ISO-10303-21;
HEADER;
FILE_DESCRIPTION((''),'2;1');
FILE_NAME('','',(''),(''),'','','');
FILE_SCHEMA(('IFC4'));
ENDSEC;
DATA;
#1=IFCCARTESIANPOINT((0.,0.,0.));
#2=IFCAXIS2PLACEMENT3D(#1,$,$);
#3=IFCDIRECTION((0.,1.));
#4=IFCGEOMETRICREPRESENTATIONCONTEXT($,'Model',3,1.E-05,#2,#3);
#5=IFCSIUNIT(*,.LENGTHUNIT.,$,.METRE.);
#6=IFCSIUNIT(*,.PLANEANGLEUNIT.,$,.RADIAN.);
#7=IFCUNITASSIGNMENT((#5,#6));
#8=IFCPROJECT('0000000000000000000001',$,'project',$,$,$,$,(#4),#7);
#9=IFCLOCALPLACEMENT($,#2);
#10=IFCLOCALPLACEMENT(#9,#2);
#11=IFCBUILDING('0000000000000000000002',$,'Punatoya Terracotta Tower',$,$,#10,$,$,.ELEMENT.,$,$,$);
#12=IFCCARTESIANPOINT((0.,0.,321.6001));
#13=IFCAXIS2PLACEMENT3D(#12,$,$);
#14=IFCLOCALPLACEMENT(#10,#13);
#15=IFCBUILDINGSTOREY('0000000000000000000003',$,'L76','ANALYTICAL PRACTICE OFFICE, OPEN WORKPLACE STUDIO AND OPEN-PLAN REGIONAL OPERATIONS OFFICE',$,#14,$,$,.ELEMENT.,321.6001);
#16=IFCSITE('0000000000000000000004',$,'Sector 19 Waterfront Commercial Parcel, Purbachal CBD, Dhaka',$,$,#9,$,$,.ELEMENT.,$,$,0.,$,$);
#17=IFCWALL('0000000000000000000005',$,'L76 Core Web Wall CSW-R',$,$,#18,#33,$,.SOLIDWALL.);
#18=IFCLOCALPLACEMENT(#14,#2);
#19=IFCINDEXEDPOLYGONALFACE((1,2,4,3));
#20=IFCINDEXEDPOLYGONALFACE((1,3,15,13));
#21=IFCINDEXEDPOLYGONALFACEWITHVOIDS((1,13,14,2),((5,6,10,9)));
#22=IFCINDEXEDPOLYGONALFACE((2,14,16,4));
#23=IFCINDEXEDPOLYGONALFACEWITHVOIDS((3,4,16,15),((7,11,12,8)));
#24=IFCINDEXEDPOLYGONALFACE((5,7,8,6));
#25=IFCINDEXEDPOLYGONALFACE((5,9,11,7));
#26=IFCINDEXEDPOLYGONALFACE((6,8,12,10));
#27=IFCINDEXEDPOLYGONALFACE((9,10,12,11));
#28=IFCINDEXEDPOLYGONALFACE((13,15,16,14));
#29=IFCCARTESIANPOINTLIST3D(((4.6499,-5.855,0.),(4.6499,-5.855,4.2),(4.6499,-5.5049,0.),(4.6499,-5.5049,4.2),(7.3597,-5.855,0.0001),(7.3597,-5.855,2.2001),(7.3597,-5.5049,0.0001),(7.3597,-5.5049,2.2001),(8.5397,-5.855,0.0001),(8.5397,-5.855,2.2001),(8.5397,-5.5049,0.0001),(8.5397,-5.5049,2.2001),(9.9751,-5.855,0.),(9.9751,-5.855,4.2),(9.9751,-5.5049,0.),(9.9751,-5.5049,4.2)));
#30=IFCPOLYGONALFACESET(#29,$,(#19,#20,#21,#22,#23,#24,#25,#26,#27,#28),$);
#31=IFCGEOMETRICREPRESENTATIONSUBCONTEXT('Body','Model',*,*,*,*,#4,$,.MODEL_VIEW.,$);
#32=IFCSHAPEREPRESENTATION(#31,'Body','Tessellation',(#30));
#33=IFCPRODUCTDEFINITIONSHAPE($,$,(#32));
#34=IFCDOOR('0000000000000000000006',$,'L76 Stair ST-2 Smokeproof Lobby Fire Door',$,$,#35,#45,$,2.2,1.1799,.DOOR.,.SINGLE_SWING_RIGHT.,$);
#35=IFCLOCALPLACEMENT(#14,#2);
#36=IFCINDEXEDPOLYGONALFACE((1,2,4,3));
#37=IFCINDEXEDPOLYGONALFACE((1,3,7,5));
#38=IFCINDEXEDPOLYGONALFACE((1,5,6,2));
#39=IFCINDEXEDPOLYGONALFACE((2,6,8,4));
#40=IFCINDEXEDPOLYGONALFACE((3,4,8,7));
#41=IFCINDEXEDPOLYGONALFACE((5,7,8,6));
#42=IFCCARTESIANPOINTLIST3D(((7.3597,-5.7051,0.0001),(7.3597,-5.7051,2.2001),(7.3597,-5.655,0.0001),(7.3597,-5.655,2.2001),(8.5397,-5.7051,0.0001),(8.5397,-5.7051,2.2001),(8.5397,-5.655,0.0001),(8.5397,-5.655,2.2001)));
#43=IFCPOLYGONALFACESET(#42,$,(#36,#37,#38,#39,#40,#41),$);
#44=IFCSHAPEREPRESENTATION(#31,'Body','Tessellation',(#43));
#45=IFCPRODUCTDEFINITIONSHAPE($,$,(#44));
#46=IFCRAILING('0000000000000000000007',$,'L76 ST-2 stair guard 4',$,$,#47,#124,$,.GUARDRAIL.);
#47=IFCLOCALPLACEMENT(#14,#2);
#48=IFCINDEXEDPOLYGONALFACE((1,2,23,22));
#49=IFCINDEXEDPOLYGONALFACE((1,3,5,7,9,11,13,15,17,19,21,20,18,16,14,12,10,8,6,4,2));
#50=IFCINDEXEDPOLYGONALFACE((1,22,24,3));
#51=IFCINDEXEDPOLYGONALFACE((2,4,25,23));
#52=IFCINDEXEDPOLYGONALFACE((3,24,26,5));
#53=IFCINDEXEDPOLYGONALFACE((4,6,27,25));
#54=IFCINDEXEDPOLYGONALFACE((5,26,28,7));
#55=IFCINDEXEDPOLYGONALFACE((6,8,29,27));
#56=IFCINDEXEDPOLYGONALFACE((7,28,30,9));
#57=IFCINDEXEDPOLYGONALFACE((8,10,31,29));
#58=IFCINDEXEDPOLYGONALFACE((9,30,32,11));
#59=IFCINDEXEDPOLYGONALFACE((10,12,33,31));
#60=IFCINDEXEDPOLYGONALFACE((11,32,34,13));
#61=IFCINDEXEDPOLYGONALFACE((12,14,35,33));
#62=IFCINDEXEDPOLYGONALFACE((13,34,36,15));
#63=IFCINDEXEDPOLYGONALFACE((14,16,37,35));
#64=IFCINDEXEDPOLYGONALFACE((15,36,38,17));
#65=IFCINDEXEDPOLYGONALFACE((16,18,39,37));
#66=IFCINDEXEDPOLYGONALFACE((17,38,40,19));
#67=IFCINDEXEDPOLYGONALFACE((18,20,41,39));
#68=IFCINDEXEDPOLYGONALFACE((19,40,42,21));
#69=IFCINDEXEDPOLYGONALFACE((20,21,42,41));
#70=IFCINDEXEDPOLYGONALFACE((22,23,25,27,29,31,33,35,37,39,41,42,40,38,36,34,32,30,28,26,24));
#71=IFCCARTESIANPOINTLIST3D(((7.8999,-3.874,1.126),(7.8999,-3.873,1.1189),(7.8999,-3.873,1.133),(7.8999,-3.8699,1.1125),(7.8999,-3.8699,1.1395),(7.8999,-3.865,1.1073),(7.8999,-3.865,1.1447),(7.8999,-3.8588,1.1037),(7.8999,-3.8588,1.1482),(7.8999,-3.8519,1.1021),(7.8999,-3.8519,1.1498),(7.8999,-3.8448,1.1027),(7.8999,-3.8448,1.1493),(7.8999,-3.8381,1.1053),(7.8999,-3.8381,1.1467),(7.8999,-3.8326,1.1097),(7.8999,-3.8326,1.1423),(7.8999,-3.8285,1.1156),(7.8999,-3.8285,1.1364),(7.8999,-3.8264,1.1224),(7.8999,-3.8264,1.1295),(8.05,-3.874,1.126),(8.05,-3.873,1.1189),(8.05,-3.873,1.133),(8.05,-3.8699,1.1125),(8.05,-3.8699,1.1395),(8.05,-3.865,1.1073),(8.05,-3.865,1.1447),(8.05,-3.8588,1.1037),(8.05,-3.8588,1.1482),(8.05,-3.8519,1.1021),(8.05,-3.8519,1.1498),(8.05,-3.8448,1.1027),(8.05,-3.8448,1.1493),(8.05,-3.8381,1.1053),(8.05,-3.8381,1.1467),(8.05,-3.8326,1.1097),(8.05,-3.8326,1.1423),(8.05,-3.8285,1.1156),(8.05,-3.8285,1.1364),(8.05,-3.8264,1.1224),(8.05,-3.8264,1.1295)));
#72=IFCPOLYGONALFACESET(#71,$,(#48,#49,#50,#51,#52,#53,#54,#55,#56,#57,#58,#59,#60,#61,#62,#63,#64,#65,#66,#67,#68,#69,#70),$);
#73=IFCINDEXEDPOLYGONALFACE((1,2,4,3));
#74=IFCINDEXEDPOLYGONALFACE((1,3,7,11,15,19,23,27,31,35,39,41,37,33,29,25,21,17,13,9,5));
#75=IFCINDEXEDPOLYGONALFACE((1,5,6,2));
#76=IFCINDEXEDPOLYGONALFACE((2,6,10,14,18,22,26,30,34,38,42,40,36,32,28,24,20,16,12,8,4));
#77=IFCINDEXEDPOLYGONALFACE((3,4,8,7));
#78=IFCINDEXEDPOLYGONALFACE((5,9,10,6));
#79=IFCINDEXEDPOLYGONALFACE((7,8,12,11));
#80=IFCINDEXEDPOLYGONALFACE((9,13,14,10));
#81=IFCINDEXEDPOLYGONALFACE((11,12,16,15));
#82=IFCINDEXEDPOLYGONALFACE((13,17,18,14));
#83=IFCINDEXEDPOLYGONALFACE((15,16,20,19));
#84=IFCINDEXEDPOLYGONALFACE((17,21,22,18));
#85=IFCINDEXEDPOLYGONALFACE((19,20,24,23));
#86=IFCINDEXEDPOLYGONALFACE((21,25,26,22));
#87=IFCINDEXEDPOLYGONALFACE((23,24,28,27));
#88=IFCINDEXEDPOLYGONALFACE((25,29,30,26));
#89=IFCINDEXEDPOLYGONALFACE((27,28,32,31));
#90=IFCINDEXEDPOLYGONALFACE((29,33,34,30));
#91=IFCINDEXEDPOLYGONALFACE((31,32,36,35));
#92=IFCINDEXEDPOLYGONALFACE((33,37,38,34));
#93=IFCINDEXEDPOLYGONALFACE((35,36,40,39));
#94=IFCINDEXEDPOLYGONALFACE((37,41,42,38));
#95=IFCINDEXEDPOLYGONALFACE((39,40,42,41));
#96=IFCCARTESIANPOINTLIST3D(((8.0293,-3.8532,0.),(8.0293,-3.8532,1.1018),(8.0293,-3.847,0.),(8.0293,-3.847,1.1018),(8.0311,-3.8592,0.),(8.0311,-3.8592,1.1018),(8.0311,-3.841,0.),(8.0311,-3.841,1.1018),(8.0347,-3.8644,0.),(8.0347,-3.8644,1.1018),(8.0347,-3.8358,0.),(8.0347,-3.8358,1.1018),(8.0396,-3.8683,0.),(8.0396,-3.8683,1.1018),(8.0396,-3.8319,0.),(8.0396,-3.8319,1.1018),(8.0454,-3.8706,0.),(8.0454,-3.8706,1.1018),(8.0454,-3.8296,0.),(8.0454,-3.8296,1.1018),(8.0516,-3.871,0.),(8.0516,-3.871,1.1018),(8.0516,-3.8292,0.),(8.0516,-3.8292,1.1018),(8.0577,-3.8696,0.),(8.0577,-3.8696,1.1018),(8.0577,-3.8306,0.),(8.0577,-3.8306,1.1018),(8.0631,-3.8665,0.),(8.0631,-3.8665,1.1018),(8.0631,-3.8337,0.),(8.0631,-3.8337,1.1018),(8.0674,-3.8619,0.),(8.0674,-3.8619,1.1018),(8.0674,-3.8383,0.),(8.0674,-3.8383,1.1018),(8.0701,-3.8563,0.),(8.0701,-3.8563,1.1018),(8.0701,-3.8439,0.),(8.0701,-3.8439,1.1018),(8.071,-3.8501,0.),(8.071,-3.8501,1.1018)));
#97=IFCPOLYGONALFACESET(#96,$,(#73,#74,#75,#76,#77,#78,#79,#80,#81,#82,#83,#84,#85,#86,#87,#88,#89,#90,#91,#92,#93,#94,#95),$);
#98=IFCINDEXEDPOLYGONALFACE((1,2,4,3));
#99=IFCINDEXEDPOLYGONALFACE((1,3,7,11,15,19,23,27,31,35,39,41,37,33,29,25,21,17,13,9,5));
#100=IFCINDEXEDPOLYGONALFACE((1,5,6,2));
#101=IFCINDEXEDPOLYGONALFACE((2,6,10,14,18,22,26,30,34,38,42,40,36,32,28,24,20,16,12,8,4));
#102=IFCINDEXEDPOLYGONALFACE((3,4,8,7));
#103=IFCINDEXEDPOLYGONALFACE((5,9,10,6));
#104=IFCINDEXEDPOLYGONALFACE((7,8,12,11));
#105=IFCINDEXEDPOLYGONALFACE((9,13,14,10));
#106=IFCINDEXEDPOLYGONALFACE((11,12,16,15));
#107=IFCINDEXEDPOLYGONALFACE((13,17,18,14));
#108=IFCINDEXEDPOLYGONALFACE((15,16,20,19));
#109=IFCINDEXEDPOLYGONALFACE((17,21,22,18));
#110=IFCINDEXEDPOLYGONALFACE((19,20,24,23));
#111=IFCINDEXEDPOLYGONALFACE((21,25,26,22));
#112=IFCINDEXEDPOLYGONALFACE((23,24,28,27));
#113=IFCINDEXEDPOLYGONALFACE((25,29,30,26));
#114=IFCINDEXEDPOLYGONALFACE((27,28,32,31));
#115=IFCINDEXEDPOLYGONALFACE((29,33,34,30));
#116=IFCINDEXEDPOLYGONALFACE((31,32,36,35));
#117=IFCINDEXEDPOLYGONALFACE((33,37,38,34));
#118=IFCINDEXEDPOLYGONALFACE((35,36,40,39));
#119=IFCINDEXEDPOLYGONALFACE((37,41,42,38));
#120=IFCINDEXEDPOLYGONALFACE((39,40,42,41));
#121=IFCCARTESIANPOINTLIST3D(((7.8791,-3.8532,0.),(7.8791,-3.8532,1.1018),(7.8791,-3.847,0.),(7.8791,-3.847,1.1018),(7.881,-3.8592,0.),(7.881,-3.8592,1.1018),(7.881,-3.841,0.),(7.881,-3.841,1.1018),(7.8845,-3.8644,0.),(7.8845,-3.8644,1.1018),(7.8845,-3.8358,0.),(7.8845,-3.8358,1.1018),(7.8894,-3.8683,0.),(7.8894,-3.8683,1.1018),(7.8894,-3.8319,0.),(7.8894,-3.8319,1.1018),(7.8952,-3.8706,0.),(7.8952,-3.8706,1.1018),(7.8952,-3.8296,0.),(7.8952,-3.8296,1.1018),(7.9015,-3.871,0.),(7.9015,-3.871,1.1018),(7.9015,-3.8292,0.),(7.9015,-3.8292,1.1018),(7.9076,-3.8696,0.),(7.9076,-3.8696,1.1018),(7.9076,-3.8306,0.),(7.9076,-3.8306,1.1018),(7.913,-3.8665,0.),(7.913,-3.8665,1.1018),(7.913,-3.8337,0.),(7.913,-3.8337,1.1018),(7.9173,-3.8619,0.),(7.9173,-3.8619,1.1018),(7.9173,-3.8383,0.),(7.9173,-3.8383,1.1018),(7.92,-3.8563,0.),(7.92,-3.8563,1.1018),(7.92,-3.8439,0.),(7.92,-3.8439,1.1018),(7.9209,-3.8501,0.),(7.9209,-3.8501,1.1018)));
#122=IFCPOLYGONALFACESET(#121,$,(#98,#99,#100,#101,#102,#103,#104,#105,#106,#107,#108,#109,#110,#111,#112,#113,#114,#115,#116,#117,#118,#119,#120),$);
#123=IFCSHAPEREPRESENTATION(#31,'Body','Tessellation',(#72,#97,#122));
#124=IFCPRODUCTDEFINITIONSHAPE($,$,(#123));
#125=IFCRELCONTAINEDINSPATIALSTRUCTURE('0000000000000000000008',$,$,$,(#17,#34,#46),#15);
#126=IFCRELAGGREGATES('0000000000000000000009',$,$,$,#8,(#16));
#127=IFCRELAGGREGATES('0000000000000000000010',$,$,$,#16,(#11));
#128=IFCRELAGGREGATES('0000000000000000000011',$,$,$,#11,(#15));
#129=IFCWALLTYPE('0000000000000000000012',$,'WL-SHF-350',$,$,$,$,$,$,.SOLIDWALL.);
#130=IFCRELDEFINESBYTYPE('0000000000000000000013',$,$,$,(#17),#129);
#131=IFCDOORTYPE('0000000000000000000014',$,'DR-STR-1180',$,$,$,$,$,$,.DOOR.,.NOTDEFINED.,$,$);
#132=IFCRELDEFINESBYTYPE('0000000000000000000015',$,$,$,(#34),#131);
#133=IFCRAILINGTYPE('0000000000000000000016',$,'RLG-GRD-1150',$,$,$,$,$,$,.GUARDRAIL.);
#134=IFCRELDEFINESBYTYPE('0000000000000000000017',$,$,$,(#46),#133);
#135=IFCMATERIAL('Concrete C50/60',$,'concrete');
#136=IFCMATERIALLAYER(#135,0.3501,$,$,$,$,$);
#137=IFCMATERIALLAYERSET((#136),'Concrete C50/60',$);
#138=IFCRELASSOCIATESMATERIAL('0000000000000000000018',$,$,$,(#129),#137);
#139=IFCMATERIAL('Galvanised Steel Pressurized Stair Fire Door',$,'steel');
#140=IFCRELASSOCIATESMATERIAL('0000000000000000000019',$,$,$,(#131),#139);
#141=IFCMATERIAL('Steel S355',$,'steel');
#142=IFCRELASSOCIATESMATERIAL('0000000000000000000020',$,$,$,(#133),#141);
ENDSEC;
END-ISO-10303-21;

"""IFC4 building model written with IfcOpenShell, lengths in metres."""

from ifc_helpers import new_model, si_unit, direction, frame, frame_2d, origin, origin_2d, place, context, subcontext, project, spatial, rectangle, circle, extrude, material, layer, layer_set, type_object, element, fill, save


model = new_model("IFC4")

# Units and contexts
model_context = context("Model", 3, precision=1e-05, world=origin(), true_north=direction((0.0, 1.0)))
body_context = subcontext(model_context, "Body", "Model", "MODEL_VIEW")
ifc_project = project(units=[si_unit("LENGTHUNIT", "METRE"), si_unit("PLANEANGLEUNIT", "RADIAN")], contexts=[model_context])

# Site, building, storey
site_placement = place(None, origin())
site = spatial("IfcSite", under=ifc_project, at=site_placement, Name="Sector 19 Waterfront Commercial Parcel, Purbachal CBD, Dhaka", CompositionType="ELEMENT", RefElevation=0.0)
building_placement = place(site_placement, origin())
building = spatial("IfcBuilding", under=site, at=building_placement, Name="Punatoya Terracotta Tower", CompositionType="ELEMENT")
storey_placement = place(building_placement, frame((0.0, 0.0, 321.6001)))
storey = spatial("IfcBuildingStorey", under=building, at=storey_placement, Name="L76", Description="ANALYTICAL PRACTICE OFFICE, OPEN WORKPLACE STUDIO AND OPEN-PLAN REGIONAL OPERATIONS OFFICE", CompositionType="ELEMENT", Elevation=321.6001)

# Wall, opening, door
ifc_material_1 = material(Name="Concrete C50/60", Category="concrete")
ifc_layer_1 = layer(ifc_material_1, 0.3501)
ifc_layer_set_1 = layer_set([ifc_layer_1], Name="Concrete C50/60")
wall_type_1 = type_object("IfcWallType", Name="WL-SHF-350", PredefinedType="SOLIDWALL", material=ifc_layer_set_1)
wall_1_placement = place(storey_placement, frame((4.6499, -5.6799, 0.0), z_axis=(0.0, 0.0, 1.0), x_axis=(1.0, 0.0, 0.0)))
wall_1 = element("IfcWall", 1, at=wall_1_placement, inside=storey, type_object=wall_type_1, Name="L76 Core Web Wall CSW-R", PredefinedType="SOLIDWALL", context=body_context, shape_type="SweptSolid", body=[
    extrude(rectangle(XDim=5.3252, YDim=0.3501, at=frame_2d((2.6626, 0.0))), origin(), (0.0, 0.0, 1.0), 4.2),
])
opening_1_placement = place(wall_1_placement, frame((2.71, 0.0, 0.0)))
opening_1 = element("IfcOpeningElement", 2, at=opening_1_placement, cuts=wall_1, PredefinedType="OPENING", context=body_context, shape_type="SweptSolid", body=[
    extrude(rectangle(XDim=1.1799, YDim=2.2, at=frame_2d((0.5898, 1.1001))), frame((0.0, 0.1851, 0.0), z_axis=(0.0, -1.0, 0.0), x_axis=(1.0, 0.0, 0.0)), (0.0, 0.0, 1.0), 0.3701),
])
ifc_material_2 = material(Name="Galvanised Steel Pressurized Stair Fire Door", Category="steel")
door_type_1 = type_object("IfcDoorType", Name="DR-STR-1180", OperationType="NOTDEFINED", PredefinedType="DOOR", material=ifc_material_2)
door_1_placement = place(opening_1_placement, origin())
door_1 = element("IfcDoor", 3, at=door_1_placement, inside=storey, type_object=door_type_1, Name="L76 Stair ST-2 Smokeproof Lobby Fire Door", OperationType="SINGLE_SWING_RIGHT", OverallHeight=2.2, OverallWidth=1.1799, PredefinedType="DOOR", context=body_context, shape_type="SweptSolid", body=[
    extrude(rectangle(XDim=1.1799, YDim=2.2, at=frame_2d((0.5898, 1.1001))), frame((0.0, 0.0249, 0.0), z_axis=(0.0, -1.0, 0.0), x_axis=(1.0, 0.0, 0.0)), (0.0, 0.0, 1.0), 0.05),
])
fill(opening_1, door_1)

# Railing
ifc_material_3 = material(Name="Steel S355", Category="steel")
railing_type = type_object("IfcRailingType", Name="RLG-GRD-1150", PredefinedType="GUARDRAIL", material=ifc_material_3)
railing_placement = place(storey_placement, frame((8.05, -3.8501, 0.0)))
element("IfcRailing", 4, at=railing_placement, inside=storey, type_object=railing_type, Name="L76 ST-2 stair guard 4", PredefinedType="GUARDRAIL", context=body_context, shape_type="SweptSolid", body=[
    extrude(circle(Radius=0.0239, at=origin_2d()), frame((0.0, 0.0, 1.126), z_axis=(-1.0, 0.0, 0.0), x_axis=(0.0, -1.0, 0.0)), (0.0, 0.0, 1.0), 0.1501),
    extrude(circle(Radius=0.021, at=origin_2d()), origin(), (0.0, 0.0, 1.0), 1.1018),
    extrude(circle(Radius=0.021, at=origin_2d()), frame((-0.1501, 0.0, 0.0)), (0.0, 0.0, 1.0), 1.1018),
])

save(model, "model.ifc")
